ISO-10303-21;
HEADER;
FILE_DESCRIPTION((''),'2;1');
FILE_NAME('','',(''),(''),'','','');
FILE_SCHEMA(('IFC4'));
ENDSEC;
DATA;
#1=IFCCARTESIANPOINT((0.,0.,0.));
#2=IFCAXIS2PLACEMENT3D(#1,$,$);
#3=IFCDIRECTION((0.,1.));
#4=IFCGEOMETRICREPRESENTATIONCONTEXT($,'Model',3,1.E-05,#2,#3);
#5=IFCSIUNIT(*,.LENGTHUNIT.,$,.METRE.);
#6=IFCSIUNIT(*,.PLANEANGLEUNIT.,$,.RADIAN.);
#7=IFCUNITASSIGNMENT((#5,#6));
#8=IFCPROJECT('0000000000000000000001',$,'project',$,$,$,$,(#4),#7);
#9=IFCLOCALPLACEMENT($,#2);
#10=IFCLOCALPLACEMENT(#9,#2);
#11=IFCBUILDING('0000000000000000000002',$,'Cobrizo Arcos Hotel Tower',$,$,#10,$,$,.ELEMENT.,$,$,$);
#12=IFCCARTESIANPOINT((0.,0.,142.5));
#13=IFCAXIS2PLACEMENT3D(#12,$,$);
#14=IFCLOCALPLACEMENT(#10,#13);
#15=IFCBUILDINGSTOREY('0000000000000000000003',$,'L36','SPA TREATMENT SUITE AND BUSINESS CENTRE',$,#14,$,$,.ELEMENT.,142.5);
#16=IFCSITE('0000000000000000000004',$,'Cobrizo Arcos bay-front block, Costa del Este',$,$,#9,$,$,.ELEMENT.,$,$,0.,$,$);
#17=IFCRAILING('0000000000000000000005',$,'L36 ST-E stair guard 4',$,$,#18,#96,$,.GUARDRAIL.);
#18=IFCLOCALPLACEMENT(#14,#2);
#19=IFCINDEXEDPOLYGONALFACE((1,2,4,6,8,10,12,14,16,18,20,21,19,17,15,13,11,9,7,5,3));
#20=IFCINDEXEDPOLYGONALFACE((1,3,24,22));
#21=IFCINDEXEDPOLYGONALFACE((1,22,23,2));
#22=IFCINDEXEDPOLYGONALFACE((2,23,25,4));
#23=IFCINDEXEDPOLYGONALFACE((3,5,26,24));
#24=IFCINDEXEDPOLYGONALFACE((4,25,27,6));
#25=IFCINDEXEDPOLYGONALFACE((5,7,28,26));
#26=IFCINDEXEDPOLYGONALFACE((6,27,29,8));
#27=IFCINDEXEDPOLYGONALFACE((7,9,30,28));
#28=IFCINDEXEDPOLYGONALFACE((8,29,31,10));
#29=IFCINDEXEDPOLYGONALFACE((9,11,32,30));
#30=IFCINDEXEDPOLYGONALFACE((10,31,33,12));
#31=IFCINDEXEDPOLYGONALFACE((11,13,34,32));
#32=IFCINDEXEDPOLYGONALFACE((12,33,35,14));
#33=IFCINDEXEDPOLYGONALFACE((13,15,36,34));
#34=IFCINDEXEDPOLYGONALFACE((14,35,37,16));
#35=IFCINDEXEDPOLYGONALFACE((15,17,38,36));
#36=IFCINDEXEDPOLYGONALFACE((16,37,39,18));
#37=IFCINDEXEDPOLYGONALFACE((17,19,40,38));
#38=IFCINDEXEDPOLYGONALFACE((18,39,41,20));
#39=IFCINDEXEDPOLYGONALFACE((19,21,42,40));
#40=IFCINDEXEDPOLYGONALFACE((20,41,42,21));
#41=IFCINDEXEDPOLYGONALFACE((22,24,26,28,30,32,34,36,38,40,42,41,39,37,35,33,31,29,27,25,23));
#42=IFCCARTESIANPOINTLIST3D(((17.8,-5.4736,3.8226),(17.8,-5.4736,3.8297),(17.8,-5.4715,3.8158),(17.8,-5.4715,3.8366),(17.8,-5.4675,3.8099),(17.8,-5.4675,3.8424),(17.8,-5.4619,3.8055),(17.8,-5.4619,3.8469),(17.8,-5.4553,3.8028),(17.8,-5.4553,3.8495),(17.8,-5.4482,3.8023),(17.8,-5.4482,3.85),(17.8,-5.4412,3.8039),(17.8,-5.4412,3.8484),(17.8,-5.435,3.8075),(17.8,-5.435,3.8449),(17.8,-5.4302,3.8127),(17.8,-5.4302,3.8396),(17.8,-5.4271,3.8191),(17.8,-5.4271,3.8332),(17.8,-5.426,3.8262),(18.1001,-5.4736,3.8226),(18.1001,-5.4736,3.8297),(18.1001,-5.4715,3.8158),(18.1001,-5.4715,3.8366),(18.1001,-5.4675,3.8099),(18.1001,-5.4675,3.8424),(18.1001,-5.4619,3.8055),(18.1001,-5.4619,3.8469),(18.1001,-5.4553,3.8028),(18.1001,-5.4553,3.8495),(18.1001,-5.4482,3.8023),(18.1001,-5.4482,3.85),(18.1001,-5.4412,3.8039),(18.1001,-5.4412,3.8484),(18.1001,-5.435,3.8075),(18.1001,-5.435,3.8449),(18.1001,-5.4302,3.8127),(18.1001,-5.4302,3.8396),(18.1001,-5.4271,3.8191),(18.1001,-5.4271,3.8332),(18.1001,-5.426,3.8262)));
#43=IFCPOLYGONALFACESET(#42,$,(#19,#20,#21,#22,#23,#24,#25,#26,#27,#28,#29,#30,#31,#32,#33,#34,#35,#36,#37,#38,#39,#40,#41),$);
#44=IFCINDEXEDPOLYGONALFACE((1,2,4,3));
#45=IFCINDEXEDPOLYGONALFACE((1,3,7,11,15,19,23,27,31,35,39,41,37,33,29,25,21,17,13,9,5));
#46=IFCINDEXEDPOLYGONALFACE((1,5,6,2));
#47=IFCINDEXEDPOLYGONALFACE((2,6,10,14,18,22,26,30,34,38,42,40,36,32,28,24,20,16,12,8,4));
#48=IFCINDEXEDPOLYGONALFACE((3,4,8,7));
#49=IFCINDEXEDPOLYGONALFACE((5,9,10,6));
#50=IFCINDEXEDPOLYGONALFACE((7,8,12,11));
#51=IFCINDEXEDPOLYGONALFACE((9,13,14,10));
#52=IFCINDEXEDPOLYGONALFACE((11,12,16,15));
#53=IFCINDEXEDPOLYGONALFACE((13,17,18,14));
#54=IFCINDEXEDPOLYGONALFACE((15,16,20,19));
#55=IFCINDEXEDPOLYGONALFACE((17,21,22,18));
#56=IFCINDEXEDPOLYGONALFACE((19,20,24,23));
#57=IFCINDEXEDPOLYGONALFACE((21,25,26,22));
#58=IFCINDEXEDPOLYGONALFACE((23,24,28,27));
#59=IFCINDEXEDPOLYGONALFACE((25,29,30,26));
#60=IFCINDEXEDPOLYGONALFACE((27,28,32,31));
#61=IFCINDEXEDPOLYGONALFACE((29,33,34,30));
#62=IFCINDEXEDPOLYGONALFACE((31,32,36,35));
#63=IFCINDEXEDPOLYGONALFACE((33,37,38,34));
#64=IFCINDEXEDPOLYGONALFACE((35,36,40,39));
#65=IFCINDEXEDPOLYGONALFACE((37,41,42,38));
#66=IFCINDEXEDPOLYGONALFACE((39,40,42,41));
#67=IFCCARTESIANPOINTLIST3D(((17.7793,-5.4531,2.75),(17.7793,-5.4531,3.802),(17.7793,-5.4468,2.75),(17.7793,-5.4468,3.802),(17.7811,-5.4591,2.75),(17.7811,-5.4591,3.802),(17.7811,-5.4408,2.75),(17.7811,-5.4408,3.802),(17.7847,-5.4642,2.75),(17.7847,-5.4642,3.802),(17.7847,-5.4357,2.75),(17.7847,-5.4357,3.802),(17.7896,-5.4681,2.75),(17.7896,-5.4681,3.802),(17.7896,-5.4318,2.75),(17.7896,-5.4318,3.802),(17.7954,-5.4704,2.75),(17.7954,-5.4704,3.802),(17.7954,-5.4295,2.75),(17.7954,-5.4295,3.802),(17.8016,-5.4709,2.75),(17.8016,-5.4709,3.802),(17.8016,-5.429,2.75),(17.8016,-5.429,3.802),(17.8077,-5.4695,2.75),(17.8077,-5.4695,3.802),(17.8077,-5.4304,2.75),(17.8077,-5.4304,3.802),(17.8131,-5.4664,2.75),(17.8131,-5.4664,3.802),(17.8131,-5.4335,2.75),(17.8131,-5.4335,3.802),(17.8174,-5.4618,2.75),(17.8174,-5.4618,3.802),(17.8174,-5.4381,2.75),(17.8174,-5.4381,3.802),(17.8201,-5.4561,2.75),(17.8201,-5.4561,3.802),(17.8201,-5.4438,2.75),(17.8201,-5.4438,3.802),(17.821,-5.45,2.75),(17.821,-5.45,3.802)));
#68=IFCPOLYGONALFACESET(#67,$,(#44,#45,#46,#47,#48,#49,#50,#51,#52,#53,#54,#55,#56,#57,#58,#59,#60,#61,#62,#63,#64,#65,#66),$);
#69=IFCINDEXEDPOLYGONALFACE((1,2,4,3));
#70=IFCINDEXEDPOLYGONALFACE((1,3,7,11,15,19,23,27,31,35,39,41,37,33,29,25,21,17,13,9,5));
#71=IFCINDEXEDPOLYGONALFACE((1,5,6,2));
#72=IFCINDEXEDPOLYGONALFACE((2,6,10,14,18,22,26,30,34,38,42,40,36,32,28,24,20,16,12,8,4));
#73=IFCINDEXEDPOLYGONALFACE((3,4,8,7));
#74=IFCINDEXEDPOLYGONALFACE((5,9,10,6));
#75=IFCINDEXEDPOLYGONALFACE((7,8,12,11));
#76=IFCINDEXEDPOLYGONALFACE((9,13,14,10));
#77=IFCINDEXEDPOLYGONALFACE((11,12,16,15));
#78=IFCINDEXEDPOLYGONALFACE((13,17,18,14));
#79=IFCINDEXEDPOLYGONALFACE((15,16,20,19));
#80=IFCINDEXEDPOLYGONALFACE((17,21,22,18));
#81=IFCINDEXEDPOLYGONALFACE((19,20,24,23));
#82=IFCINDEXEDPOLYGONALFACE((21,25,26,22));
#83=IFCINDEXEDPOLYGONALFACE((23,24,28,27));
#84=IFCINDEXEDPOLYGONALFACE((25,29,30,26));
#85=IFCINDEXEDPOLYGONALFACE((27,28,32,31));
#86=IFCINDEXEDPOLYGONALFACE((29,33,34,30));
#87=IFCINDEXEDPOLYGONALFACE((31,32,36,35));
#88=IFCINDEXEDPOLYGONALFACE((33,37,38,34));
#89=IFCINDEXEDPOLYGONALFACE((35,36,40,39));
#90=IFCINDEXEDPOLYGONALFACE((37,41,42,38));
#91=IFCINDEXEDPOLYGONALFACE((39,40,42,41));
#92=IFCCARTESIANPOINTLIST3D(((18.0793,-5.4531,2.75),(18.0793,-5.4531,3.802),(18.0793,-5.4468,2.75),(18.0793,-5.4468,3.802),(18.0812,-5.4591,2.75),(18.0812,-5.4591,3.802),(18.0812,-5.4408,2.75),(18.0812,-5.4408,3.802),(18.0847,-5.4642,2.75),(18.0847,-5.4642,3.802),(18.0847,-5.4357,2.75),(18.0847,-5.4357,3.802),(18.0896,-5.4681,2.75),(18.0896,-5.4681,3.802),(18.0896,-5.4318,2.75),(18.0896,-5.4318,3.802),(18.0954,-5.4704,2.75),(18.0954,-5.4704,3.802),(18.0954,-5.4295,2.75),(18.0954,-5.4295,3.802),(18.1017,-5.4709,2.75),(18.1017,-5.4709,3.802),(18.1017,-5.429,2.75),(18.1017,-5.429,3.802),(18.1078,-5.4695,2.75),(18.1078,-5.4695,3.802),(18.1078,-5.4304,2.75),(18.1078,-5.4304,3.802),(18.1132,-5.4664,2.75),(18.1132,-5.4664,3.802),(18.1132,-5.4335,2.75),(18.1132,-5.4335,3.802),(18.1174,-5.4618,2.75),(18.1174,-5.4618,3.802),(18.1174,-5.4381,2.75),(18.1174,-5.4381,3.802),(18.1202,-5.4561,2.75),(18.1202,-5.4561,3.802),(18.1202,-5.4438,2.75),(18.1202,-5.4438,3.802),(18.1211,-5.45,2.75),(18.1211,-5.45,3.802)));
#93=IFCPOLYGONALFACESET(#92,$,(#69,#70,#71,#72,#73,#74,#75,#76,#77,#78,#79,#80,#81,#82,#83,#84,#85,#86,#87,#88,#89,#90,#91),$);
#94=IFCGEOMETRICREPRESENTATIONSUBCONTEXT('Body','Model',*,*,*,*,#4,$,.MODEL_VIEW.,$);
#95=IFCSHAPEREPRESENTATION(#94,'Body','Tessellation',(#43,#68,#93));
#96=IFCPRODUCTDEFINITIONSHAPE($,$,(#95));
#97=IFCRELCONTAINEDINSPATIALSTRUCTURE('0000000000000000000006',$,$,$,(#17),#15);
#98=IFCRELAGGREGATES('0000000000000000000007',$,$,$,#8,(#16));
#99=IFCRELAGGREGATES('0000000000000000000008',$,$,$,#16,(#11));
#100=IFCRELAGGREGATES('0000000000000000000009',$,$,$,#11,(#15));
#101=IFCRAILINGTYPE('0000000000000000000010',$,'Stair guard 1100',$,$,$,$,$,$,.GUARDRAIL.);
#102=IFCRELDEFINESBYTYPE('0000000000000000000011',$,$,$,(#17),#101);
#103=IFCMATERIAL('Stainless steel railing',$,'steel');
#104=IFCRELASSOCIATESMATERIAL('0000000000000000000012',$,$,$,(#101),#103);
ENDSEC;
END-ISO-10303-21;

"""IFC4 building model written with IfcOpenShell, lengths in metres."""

from ifc_helpers import new_model, si_unit, direction, frame, origin, origin_2d, place, context, subcontext, project, spatial, circle, extrude, material, type_object, element, save


model = new_model("IFC4")

# Units and contexts
model_context = context("Model", 3, precision=1e-05, world=origin(), true_north=direction((0.0, 1.0)))
body_context = subcontext(model_context, "Body", "Model", "MODEL_VIEW")
ifc_project = project(units=[si_unit("LENGTHUNIT", "METRE"), si_unit("PLANEANGLEUNIT", "RADIAN")], contexts=[model_context])

# Site, building, storey
site_placement = place(None, origin())
site = spatial("IfcSite", under=ifc_project, at=site_placement, Name="Cobrizo Arcos bay-front block, Costa del Este", CompositionType="ELEMENT", RefElevation=0.0)
building_placement = place(site_placement, origin())
building = spatial("IfcBuilding", under=site, at=building_placement, Name="Cobrizo Arcos Hotel Tower", CompositionType="ELEMENT")
storey_placement = place(building_placement, frame((0.0, 0.0, 142.5)))
storey = spatial("IfcBuildingStorey", under=building, at=storey_placement, Name="L36", Description="SPA TREATMENT SUITE AND BUSINESS CENTRE", CompositionType="ELEMENT", Elevation=142.5)

# Railing
ifc_material_1 = material(Name="Stainless steel railing", Category="steel")
railing_type_1 = type_object("IfcRailingType", Name="Stair guard 1100", PredefinedType="GUARDRAIL", material=ifc_material_1)
railing_1_placement = place(storey_placement, frame((17.8, -5.45, 2.75)))
element("IfcRailing", 1, at=railing_1_placement, inside=storey, type_object=railing_type_1, Name="L36 ST-E stair guard 4", PredefinedType="GUARDRAIL", context=body_context, shape_type="SweptSolid", body=[
    extrude(circle(Radius=0.0239, at=origin_2d()), frame((0.0, 0.0, 1.0762), z_axis=(1.0, 0.0, 0.0), x_axis=(0.0, 1.0, 0.0)), (0.0, 0.0, 1.0), 0.3),
    extrude(circle(Radius=0.021, at=origin_2d()), origin(), (0.0, 0.0, 1.0), 1.052),
    extrude(circle(Radius=0.021, at=origin_2d()), frame((0.3, 0.0, 0.0)), (0.0, 0.0, 1.0), 1.052),
])

save(model, "model.ifc")
